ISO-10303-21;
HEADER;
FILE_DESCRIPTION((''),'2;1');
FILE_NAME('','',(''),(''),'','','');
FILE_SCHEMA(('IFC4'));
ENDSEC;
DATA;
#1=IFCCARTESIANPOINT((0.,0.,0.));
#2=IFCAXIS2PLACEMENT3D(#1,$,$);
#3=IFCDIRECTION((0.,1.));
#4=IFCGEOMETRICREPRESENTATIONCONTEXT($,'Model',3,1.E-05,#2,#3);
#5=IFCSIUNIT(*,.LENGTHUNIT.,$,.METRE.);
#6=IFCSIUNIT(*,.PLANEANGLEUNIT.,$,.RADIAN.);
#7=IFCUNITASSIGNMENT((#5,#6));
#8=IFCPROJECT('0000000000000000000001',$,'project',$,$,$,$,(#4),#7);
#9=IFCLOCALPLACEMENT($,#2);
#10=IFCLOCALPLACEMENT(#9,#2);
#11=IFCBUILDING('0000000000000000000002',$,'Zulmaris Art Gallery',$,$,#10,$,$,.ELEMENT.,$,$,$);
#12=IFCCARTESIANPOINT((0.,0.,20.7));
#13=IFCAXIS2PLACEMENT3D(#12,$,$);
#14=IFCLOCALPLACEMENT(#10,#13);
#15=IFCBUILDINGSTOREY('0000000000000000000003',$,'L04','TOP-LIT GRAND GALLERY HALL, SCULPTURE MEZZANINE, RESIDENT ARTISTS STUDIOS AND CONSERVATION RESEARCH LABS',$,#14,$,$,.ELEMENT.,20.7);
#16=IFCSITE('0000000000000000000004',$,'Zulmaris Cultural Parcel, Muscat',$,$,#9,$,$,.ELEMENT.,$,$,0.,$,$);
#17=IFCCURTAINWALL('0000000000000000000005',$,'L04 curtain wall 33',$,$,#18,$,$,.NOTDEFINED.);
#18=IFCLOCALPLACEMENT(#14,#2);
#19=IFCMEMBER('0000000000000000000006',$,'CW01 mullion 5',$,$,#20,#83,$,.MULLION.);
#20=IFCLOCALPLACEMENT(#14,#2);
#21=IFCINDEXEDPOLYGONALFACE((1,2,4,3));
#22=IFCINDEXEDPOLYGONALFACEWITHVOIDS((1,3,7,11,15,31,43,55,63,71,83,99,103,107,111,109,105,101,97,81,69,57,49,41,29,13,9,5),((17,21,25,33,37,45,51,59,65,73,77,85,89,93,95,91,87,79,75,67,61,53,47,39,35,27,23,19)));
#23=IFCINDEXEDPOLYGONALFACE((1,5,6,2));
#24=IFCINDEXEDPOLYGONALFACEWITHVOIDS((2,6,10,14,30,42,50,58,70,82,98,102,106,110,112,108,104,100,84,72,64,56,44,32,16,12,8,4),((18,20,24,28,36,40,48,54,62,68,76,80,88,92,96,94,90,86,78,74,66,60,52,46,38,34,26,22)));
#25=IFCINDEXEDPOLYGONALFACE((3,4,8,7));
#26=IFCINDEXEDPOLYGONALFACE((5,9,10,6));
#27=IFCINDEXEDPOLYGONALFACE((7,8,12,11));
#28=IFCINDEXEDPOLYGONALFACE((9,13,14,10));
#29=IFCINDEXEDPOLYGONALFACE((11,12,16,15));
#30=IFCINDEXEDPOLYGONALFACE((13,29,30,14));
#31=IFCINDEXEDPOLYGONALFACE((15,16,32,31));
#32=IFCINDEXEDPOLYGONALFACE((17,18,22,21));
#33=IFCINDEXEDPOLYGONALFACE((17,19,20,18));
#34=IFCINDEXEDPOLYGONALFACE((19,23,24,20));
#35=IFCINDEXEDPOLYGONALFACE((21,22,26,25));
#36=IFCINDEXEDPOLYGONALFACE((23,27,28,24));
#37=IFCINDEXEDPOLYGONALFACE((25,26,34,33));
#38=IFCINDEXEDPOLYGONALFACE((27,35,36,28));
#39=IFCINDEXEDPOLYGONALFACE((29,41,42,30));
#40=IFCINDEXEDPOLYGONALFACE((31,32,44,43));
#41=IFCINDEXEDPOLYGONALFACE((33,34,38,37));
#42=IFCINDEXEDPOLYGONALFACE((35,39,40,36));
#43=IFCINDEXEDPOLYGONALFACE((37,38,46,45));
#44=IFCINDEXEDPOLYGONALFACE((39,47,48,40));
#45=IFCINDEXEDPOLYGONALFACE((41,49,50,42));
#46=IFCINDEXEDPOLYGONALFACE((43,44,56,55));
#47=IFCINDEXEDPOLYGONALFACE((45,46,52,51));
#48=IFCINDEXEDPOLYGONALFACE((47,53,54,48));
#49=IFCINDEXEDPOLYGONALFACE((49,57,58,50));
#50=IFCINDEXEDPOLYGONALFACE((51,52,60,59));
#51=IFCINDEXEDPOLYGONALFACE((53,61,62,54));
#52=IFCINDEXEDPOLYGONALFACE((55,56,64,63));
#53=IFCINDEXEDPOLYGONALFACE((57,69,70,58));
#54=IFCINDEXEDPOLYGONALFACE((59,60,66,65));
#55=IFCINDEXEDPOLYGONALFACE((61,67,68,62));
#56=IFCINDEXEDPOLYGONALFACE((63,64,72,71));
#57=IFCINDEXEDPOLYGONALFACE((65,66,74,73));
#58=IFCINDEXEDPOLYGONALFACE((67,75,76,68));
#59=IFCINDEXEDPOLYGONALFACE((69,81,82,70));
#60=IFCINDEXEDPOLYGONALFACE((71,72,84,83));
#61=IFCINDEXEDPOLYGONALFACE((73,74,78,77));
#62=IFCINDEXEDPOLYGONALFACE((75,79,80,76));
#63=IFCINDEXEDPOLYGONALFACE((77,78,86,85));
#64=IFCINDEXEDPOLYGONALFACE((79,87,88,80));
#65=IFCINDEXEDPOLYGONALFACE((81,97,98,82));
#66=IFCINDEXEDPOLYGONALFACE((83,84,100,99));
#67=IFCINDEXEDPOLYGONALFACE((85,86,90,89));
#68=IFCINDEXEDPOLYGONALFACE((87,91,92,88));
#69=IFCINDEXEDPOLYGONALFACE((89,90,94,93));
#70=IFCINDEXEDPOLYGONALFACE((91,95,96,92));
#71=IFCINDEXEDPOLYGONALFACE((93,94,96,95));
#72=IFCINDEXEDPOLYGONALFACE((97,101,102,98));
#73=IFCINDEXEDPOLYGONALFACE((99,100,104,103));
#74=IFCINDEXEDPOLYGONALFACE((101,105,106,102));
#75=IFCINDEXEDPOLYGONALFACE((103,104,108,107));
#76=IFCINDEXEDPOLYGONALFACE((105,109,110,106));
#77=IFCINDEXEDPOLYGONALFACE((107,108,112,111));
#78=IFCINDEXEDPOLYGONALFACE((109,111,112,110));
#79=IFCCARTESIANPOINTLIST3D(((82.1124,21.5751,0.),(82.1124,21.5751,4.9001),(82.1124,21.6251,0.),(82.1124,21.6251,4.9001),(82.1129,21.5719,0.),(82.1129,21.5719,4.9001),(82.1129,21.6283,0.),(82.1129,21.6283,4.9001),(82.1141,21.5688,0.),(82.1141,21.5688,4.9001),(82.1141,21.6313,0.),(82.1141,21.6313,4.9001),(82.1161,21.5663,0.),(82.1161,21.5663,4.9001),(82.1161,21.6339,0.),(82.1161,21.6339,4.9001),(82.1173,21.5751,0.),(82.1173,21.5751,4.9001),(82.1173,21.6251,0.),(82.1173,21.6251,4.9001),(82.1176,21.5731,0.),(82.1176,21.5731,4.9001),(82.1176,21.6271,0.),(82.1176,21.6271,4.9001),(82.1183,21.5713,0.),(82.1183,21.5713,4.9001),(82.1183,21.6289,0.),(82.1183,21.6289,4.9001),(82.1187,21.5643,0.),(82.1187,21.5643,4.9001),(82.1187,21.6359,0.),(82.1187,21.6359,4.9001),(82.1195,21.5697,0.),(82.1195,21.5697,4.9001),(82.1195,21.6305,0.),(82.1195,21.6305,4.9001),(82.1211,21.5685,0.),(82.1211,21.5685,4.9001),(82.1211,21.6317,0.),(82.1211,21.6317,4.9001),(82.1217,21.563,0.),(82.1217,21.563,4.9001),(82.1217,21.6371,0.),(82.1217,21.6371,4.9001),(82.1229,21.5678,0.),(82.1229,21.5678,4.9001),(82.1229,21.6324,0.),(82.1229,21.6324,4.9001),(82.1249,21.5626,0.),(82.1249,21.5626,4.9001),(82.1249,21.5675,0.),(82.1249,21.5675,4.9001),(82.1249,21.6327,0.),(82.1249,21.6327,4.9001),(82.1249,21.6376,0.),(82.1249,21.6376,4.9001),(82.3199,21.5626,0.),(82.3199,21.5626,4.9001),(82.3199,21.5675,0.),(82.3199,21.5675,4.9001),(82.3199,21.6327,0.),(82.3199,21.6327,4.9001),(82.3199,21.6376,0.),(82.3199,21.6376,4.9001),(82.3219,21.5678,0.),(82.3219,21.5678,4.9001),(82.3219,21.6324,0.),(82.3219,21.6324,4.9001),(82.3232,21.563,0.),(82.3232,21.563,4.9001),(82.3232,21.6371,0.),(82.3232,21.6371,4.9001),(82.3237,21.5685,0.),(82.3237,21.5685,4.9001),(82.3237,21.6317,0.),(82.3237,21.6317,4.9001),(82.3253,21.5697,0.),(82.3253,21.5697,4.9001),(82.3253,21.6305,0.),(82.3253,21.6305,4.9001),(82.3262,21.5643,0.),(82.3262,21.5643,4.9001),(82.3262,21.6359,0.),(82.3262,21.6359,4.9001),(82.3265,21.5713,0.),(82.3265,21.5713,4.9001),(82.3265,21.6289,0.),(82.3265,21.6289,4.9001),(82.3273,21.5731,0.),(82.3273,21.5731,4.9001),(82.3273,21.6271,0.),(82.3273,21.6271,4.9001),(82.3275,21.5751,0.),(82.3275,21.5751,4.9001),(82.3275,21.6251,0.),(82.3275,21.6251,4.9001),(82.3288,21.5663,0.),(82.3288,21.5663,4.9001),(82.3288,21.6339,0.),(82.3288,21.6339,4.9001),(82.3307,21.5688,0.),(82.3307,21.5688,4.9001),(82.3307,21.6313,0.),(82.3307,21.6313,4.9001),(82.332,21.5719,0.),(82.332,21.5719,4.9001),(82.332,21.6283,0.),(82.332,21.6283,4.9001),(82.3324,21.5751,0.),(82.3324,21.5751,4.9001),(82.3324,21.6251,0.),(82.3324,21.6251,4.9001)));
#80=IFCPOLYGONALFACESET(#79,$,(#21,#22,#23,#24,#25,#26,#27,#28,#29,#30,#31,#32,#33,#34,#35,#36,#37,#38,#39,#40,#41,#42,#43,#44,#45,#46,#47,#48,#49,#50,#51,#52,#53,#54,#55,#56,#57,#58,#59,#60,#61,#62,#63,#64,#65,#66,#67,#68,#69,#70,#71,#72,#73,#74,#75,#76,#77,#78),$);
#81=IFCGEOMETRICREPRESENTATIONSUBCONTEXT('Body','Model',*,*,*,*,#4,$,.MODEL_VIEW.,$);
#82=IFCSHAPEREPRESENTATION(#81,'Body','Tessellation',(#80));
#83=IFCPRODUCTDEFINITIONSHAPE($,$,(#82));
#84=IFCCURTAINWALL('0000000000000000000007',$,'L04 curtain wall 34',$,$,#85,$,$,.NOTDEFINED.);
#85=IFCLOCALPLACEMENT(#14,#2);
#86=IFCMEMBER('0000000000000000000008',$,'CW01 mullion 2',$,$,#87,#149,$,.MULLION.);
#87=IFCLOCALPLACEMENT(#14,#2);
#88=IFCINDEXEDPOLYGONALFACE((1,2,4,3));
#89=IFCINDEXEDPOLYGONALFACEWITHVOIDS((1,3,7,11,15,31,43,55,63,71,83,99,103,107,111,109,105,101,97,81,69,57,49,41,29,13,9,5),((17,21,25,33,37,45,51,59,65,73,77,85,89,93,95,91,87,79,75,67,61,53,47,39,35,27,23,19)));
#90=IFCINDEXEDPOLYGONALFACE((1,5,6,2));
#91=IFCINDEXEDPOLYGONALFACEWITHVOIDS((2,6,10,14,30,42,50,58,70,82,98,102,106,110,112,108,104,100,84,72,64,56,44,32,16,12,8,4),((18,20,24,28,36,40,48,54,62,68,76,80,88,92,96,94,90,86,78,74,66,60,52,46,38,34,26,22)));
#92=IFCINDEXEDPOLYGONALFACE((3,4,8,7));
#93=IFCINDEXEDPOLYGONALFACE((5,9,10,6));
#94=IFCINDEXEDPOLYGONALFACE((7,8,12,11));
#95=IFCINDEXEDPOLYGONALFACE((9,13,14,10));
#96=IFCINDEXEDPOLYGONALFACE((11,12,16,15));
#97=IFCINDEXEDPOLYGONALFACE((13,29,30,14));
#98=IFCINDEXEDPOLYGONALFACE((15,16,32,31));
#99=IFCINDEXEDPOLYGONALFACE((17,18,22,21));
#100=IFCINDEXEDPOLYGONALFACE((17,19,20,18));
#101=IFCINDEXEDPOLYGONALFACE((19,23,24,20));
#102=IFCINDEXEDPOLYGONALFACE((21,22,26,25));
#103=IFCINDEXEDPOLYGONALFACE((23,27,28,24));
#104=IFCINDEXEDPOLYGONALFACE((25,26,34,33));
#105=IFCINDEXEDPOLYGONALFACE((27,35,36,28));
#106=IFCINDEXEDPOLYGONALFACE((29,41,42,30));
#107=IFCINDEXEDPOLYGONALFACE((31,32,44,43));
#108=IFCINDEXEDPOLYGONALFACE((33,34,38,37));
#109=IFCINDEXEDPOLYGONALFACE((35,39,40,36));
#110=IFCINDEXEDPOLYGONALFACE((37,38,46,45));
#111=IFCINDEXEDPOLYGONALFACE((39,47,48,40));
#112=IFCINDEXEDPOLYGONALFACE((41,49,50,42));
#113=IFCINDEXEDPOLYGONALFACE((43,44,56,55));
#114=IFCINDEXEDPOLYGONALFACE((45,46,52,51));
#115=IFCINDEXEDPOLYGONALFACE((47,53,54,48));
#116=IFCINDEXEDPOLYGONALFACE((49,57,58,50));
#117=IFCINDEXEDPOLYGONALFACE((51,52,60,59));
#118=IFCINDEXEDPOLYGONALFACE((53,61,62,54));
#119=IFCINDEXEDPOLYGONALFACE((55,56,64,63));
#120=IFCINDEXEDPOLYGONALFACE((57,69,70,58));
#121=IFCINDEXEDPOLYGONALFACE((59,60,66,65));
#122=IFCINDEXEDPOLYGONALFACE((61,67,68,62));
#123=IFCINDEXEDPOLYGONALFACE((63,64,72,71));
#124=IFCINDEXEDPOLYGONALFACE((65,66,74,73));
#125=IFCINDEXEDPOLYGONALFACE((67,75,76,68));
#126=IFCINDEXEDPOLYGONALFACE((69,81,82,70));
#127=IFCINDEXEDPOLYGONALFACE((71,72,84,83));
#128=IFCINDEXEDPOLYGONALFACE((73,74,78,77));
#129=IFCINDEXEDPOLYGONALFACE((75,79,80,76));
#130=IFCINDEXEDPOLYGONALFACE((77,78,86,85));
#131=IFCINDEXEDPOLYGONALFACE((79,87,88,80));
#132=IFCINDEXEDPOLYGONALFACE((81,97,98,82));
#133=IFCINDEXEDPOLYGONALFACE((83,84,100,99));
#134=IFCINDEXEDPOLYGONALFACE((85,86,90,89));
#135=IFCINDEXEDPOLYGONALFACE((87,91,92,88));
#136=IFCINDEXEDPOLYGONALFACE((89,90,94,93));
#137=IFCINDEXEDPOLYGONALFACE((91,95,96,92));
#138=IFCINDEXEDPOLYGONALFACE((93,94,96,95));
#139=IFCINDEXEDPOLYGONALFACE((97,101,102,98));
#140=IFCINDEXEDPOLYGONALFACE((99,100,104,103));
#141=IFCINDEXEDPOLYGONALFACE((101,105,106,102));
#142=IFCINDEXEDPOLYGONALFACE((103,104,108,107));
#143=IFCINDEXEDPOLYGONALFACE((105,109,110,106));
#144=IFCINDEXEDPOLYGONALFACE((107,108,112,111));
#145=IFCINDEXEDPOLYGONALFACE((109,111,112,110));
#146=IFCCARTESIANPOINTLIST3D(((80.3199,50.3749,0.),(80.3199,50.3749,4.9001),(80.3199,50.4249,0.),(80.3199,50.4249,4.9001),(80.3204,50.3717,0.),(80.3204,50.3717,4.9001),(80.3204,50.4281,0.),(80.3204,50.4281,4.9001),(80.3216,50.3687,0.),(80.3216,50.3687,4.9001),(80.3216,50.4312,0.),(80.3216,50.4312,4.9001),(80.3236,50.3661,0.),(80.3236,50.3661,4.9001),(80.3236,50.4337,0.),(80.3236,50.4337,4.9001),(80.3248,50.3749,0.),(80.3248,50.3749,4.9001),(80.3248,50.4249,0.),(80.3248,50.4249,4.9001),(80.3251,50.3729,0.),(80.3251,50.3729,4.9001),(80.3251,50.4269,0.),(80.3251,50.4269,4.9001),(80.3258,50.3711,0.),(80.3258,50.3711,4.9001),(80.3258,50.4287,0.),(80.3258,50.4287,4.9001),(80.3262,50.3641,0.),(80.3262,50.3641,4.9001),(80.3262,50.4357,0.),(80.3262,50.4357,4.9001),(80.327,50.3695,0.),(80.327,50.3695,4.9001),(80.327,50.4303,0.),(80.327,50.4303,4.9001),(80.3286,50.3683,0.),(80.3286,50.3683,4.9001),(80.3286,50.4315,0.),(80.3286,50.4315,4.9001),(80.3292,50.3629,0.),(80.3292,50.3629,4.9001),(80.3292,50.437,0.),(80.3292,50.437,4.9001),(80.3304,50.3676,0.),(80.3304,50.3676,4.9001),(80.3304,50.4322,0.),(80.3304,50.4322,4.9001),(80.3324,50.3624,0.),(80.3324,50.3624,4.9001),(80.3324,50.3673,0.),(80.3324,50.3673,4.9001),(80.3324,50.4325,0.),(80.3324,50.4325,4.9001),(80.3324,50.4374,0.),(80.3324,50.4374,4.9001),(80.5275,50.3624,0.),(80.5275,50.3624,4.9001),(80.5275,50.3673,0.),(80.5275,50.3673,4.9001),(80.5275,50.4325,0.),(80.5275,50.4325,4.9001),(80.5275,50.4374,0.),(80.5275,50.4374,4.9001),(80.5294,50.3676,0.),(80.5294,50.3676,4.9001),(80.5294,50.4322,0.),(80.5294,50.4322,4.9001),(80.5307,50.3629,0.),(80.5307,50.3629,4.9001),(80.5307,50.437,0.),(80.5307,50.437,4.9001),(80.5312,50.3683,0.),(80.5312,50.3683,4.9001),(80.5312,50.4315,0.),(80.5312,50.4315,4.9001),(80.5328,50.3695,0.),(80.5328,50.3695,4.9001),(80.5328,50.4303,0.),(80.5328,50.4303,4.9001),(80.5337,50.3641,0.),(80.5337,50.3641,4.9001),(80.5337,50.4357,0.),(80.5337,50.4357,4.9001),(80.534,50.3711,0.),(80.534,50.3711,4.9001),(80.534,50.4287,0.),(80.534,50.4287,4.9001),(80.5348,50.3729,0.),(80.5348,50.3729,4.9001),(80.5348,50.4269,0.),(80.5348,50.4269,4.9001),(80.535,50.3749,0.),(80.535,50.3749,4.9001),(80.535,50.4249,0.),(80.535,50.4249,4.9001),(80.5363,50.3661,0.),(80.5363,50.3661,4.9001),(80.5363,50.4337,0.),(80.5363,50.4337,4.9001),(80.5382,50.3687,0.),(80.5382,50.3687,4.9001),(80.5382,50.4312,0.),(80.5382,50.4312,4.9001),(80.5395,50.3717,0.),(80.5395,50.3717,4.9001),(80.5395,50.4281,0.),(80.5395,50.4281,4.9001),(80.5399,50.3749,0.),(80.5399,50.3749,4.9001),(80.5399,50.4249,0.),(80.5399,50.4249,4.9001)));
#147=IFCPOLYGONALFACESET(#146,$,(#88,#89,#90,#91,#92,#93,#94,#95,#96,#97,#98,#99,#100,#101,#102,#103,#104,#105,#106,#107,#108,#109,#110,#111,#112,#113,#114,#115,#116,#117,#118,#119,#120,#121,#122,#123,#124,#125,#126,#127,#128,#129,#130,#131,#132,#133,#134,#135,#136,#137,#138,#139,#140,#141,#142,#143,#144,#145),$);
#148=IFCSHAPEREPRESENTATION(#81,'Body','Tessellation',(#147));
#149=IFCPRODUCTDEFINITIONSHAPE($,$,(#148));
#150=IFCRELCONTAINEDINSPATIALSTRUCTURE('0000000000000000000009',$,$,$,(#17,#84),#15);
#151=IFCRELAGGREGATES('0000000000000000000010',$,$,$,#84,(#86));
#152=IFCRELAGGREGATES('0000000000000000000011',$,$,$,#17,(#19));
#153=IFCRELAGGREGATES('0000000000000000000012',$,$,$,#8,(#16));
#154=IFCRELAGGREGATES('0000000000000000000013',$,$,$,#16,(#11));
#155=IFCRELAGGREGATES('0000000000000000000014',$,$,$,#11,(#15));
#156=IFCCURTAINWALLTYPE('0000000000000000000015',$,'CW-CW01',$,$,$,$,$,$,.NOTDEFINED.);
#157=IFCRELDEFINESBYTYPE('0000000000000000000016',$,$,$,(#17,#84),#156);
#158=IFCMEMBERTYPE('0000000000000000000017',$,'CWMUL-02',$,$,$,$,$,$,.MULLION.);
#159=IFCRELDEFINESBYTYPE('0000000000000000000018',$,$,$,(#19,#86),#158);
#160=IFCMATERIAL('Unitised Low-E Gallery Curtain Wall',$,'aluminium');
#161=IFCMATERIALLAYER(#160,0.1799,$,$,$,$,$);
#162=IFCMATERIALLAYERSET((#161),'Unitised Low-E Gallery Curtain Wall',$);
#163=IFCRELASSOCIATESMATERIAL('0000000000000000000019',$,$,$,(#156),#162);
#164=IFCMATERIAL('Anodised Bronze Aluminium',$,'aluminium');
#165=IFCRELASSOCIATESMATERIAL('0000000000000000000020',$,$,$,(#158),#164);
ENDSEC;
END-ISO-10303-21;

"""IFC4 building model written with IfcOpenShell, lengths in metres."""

from ifc_helpers import new_model, si_unit, direction, frame, origin, origin_2d, place, context, subcontext, project, spatial, hollow_rectangle, extrude, material, layer, layer_set, material_profile, profile_set, type_object, element, aggregate, save


model = new_model("IFC4")

# Units and contexts
model_context = context("Model", 3, precision=1e-05, world=origin(), true_north=direction((0.0, 1.0)))
body_context = subcontext(model_context, "Body", "Model", "MODEL_VIEW")
ifc_project = project(units=[si_unit("LENGTHUNIT", "METRE"), si_unit("PLANEANGLEUNIT", "RADIAN")], contexts=[model_context])

# Site, building, storey
site_placement = place(None, origin())
site = spatial("IfcSite", under=ifc_project, at=site_placement, Name="Zulmaris Cultural Parcel, Muscat", CompositionType="ELEMENT", RefElevation=0.0)
building_placement = place(site_placement, origin())
building = spatial("IfcBuilding", under=site, at=building_placement, Name="Zulmaris Art Gallery", CompositionType="ELEMENT")
storey_placement = place(building_placement, frame((0.0, 0.0, 20.7)))
storey = spatial("IfcBuildingStorey", under=building, at=storey_placement, Name="L04", Description="TOP-LIT GRAND GALLERY HALL, SCULPTURE MEZZANINE, RESIDENT ARTISTS STUDIOS AND CONSERVATION RESEARCH LABS", CompositionType="ELEMENT", Elevation=20.7)

# Curtain wall, member
ifc_material_1 = material(Name="Unitised Low-E Gallery Curtain Wall", Category="aluminium")
ifc_layer_1 = layer(ifc_material_1, 0.1799)
ifc_layer_set_1 = layer_set([ifc_layer_1], Name="Unitised Low-E Gallery Curtain Wall")
curtain_wall_type_1 = type_object("IfcCurtainWallType", Name="CW-CW01", PredefinedType="NOTDEFINED", material=ifc_layer_set_1)
curtain_wall_1_placement = place(storey_placement, origin())
curtain_wall_1 = element("IfcCurtainWall", 1, at=curtain_wall_1_placement, inside=storey, type_object=curtain_wall_type_1, Name="L04 curtain wall 33", PredefinedType="NOTDEFINED")
ifc_material_2 = material(Name="Anodised Bronze Aluminium", Category="aluminium")
ifc_material_profile_1 = material_profile(ifc_material_2, hollow_rectangle(XDim=0.075, YDim=0.22, WallThickness=0.0049, InnerFilletRadius=0.0076, OuterFilletRadius=0.0125, at=origin_2d()), Name="ALU 75x220x5")
ifc_profile_set_1 = profile_set([ifc_material_profile_1], Name="Anodised Bronze Aluminium")
member_type_1 = type_object("IfcMemberType", Name="CWMUL-02", PredefinedType="MULLION", material=ifc_profile_set_1)
member_1_placement = place(storey_placement, frame((82.2224, 21.6001, 0.0), z_axis=(0.0, 0.0, 1.0), x_axis=(0.0, 1.0, 0.0)))
member_1 = element("IfcMember", 2, at=member_1_placement, type_object=member_type_1, Name="CW01 mullion 5", PredefinedType="MULLION", context=body_context, shape_type="SweptSolid", body=[
    extrude(hollow_rectangle(XDim=0.075, YDim=0.22, WallThickness=0.0049, InnerFilletRadius=0.0076, OuterFilletRadius=0.0125, at=origin_2d()), origin(), (0.0, 0.0, 1.0), 4.9001),
])

# Curtain wall, member
curtain_wall_2_placement = place(storey_placement, origin())
curtain_wall_2 = element("IfcCurtainWall", 3, at=curtain_wall_2_placement, inside=storey, type_object=curtain_wall_type_1, Name="L04 curtain wall 34", PredefinedType="NOTDEFINED")
member_2_placement = place(storey_placement, frame((80.4299, 50.3999, 0.0), z_axis=(0.0, 0.0, 1.0), x_axis=(0.0, -1.0, 0.0)))
member_2 = element("IfcMember", 4, at=member_2_placement, type_object=member_type_1, Name="CW01 mullion 2", PredefinedType="MULLION", context=body_context, shape_type="SweptSolid", body=[
    extrude(hollow_rectangle(XDim=0.075, YDim=0.22, WallThickness=0.0049, InnerFilletRadius=0.0076, OuterFilletRadius=0.0125, at=origin_2d()), origin(), (0.0, 0.0, 1.0), 4.9001),
])
aggregate(curtain_wall_2, [member_2])

aggregate(curtain_wall_1, [member_1])

save(model, "model.ifc")
